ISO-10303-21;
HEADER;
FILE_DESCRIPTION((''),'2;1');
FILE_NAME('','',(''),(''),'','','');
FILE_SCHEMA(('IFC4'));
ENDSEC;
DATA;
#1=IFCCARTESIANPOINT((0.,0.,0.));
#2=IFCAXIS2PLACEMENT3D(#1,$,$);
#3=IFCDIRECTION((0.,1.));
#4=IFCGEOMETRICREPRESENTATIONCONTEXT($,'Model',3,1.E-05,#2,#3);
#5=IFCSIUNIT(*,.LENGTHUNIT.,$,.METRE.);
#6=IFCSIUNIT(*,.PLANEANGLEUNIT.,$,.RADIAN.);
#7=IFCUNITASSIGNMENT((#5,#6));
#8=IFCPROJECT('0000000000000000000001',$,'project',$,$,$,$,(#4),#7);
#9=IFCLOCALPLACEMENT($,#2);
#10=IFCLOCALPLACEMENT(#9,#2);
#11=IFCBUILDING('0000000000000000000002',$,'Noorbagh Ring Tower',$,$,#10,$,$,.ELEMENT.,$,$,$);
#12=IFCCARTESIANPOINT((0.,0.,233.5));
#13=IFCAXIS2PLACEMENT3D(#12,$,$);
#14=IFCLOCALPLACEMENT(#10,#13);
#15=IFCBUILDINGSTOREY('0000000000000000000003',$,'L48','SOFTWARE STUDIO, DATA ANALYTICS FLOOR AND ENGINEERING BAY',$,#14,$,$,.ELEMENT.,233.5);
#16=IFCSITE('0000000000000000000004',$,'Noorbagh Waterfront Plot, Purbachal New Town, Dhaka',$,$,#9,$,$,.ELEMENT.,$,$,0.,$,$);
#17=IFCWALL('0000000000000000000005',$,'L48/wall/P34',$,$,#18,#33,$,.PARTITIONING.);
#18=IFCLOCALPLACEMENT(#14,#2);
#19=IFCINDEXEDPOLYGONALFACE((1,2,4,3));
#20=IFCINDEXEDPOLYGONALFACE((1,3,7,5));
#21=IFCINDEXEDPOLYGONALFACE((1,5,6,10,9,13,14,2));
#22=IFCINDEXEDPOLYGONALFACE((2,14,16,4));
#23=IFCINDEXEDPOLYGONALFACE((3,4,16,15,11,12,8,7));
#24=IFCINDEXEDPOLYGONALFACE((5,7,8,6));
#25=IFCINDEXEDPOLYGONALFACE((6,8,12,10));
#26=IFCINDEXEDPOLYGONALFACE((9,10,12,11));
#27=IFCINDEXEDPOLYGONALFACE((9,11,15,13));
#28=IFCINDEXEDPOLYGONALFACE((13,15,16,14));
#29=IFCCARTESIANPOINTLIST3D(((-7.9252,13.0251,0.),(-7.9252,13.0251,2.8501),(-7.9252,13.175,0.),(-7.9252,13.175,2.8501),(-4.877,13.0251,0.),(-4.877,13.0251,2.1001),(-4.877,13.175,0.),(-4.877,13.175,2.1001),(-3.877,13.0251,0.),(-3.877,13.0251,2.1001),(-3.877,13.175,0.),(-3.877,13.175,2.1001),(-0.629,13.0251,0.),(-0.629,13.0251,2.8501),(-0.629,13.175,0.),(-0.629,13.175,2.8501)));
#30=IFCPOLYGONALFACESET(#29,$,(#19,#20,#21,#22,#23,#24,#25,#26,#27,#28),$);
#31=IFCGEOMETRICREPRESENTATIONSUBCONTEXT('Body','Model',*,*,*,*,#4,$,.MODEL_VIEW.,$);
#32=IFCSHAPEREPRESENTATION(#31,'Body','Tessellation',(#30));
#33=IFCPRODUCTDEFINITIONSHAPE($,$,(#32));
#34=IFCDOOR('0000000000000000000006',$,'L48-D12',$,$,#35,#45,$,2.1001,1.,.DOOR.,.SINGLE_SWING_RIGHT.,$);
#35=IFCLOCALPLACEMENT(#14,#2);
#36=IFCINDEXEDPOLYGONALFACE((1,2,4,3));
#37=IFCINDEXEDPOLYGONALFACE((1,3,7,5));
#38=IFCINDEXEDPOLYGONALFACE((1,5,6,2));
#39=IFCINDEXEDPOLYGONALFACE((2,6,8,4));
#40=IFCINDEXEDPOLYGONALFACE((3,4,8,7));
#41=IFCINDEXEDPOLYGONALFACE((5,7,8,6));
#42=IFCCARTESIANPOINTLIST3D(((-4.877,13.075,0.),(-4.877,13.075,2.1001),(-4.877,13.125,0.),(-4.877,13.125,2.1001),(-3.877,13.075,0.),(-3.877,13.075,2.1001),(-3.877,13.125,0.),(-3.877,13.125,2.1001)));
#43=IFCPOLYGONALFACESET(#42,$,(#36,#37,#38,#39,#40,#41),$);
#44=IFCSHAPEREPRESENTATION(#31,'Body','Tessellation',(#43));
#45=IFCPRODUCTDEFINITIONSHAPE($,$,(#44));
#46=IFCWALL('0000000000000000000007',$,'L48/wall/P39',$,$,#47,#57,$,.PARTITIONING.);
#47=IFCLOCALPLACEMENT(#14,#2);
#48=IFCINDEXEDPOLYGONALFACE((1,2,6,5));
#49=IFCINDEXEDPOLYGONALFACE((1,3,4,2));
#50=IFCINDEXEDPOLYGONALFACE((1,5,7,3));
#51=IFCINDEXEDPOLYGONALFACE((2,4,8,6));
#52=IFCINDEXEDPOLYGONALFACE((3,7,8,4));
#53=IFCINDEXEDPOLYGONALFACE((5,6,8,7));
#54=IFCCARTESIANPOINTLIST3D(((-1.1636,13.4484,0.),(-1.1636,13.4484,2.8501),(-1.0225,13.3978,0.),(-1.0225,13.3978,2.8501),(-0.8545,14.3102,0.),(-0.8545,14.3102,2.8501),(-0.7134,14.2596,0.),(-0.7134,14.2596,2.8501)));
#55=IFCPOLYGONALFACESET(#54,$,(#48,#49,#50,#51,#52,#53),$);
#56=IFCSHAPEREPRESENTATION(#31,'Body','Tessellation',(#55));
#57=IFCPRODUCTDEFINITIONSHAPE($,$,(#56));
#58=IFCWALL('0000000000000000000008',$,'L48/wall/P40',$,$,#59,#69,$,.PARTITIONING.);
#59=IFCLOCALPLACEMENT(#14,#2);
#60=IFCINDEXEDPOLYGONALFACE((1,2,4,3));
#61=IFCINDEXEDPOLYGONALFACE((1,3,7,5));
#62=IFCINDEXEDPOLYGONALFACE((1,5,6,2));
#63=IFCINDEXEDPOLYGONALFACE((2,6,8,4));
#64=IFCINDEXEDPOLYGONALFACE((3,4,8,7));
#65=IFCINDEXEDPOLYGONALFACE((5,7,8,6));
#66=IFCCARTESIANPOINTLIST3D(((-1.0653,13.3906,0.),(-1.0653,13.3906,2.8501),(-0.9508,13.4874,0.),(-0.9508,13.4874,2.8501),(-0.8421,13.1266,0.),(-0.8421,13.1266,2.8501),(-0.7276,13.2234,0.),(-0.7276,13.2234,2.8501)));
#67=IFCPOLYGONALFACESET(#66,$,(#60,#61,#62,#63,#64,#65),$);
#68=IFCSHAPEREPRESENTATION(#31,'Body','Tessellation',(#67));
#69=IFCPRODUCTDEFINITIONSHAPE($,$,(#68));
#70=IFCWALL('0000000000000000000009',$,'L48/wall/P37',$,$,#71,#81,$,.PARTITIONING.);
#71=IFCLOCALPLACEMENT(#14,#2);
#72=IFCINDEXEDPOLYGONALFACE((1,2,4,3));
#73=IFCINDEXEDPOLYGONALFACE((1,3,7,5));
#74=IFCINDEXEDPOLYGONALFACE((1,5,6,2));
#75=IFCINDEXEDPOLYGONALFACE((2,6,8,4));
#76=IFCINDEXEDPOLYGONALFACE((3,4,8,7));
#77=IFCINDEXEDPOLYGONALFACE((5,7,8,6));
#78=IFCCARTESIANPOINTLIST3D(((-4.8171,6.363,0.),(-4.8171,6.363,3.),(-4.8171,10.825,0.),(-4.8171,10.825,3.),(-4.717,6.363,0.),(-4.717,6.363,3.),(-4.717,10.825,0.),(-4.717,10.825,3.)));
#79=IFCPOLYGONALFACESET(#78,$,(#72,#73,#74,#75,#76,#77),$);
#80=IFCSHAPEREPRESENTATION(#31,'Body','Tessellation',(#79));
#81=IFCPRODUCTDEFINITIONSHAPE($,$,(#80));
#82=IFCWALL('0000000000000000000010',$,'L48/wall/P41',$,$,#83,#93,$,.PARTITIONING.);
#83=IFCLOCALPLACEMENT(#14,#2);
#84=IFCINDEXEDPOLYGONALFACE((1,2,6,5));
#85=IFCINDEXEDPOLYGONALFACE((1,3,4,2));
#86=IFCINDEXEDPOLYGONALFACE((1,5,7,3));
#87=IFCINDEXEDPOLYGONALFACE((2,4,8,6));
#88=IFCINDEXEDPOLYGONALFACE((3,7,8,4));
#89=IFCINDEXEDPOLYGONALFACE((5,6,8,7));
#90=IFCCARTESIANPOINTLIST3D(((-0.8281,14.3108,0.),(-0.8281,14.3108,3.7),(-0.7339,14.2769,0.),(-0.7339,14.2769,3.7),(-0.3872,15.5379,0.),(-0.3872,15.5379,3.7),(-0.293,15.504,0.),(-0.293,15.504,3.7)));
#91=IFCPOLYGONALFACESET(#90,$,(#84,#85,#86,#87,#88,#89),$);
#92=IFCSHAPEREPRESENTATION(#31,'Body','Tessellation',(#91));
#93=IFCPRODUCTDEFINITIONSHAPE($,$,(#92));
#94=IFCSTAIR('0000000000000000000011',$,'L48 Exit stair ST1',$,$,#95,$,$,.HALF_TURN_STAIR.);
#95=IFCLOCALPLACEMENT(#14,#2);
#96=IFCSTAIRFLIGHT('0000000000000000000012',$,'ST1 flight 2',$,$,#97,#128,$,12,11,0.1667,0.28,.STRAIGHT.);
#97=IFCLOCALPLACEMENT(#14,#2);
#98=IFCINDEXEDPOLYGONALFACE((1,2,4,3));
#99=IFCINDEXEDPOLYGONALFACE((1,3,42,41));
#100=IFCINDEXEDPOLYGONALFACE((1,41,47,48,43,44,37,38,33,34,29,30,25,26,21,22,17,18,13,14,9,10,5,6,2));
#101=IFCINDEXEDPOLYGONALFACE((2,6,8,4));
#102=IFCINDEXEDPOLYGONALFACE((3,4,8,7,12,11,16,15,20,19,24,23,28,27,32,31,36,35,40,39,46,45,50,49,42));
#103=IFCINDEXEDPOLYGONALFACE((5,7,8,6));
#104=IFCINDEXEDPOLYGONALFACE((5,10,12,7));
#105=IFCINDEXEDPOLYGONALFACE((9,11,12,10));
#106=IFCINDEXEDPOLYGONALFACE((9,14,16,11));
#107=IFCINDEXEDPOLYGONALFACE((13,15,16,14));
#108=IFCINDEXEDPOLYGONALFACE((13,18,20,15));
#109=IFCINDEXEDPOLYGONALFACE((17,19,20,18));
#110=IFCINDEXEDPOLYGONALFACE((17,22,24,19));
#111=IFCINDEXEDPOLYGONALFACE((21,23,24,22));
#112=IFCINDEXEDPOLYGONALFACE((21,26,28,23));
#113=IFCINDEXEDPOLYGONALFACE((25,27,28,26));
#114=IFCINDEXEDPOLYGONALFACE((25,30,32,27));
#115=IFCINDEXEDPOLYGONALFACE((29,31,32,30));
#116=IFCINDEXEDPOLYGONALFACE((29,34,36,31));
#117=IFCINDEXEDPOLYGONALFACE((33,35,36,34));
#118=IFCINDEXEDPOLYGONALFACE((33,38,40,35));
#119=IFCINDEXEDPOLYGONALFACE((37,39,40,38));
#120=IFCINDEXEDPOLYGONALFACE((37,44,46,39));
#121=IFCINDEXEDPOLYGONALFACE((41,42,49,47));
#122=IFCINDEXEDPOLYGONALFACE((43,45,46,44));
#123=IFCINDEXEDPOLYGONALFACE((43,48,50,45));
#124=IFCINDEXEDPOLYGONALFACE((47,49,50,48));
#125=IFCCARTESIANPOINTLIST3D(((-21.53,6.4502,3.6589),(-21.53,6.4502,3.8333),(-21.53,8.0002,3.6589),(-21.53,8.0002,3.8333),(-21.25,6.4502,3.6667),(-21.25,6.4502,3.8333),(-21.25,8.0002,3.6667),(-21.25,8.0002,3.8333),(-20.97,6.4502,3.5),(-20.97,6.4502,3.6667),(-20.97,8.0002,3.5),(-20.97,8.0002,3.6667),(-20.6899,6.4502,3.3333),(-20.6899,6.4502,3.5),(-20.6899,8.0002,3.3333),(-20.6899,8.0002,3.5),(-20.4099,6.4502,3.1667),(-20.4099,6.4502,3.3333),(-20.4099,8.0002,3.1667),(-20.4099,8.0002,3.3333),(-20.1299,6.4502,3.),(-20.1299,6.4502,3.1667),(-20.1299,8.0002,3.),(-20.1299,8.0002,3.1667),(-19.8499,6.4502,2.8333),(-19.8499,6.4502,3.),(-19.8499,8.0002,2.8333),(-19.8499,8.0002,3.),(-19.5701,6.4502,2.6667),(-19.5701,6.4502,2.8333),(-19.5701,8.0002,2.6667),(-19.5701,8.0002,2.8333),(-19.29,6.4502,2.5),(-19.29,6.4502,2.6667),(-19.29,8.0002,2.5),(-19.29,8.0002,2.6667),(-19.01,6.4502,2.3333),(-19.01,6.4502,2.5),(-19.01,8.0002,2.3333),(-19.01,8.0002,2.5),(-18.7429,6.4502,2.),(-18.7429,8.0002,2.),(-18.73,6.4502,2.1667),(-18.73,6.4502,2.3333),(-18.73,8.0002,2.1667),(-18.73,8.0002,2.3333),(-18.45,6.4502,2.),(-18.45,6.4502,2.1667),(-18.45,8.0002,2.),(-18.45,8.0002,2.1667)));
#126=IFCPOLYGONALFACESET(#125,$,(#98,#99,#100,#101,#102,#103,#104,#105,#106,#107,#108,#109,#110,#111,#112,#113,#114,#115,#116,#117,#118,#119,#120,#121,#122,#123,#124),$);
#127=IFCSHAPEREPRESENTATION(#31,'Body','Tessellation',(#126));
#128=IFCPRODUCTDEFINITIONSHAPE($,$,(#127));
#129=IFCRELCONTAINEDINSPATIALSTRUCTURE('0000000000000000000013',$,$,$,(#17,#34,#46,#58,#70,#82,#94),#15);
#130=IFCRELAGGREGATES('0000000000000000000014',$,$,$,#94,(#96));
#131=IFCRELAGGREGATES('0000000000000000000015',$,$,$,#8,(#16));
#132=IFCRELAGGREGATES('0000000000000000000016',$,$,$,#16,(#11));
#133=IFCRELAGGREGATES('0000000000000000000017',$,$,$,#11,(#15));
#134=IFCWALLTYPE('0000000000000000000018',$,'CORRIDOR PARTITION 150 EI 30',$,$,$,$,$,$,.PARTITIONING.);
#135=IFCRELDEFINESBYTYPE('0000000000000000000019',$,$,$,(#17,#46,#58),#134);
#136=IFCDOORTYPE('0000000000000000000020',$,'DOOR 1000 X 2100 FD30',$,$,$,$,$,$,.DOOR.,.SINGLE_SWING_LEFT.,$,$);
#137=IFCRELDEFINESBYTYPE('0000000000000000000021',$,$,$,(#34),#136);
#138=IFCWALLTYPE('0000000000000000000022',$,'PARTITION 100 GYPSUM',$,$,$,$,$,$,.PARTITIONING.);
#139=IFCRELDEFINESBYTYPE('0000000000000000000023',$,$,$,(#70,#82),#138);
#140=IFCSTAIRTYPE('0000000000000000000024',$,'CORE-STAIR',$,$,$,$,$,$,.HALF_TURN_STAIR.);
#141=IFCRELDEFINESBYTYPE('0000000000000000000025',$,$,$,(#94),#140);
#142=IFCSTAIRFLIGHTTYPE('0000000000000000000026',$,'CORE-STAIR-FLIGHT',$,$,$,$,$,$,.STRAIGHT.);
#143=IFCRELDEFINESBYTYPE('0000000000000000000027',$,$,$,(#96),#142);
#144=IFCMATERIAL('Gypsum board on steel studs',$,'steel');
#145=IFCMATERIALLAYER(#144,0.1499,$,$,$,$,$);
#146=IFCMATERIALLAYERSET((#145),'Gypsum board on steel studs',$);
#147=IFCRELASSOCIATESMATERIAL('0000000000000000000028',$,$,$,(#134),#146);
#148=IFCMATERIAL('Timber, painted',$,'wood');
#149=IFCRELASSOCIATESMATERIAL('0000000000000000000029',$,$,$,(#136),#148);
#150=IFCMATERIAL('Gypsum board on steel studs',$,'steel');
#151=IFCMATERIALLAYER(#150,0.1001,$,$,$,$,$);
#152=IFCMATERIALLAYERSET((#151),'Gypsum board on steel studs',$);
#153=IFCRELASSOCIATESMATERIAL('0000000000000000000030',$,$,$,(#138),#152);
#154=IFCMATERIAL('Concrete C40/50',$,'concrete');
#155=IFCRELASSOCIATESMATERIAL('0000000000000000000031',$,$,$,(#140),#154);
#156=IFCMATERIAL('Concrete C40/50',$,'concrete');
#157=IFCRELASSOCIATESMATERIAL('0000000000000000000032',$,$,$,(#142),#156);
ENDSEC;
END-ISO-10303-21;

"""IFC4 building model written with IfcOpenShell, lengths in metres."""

from ifc_helpers import new_model, si_unit, direction, frame, frame_2d, origin, place, context, subcontext, project, spatial, polyline, rectangle, outline, extrude, material, layer, layer_set, type_object, element, fill, aggregate, save


model = new_model("IFC4")

# Units and contexts
model_context = context("Model", 3, precision=1e-05, world=origin(), true_north=direction((0.0, 1.0)))
body_context = subcontext(model_context, "Body", "Model", "MODEL_VIEW")
ifc_project = project(units=[si_unit("LENGTHUNIT", "METRE"), si_unit("PLANEANGLEUNIT", "RADIAN")], contexts=[model_context])

# Site, building, storey
site_placement = place(None, origin())
site = spatial("IfcSite", under=ifc_project, at=site_placement, Name="Noorbagh Waterfront Plot, Purbachal New Town, Dhaka", CompositionType="ELEMENT", RefElevation=0.0)
building_placement = place(site_placement, origin())
building = spatial("IfcBuilding", under=site, at=building_placement, Name="Noorbagh Ring Tower", CompositionType="ELEMENT")
storey_placement = place(building_placement, frame((0.0, 0.0, 233.5)))
storey = spatial("IfcBuildingStorey", under=building, at=storey_placement, Name="L48", Description="SOFTWARE STUDIO, DATA ANALYTICS FLOOR AND ENGINEERING BAY", CompositionType="ELEMENT", Elevation=233.5)

# Shared definitions
ifc_material_1 = material(Name="Gypsum board on steel studs", Category="steel")
ifc_layer_1 = layer(ifc_material_1, 0.1499)
ifc_layer_set_1 = layer_set([ifc_layer_1], Name="Gypsum board on steel studs")
wall_type_1 = type_object("IfcWallType", Name="CORRIDOR PARTITION 150 EI 30", PredefinedType="PARTITIONING", material=ifc_layer_set_1)
ifc_material_2 = material(Name="Timber, painted", Category="wood")
door_type_1 = type_object("IfcDoorType", Name="DOOR 1000 X 2100 FD30", OperationType="SINGLE_SWING_LEFT", PredefinedType="DOOR", material=ifc_material_2)

# Wall, opening, door
wall_1_placement = place(storey_placement, frame((-7.925, 13.1001, 0.0), z_axis=(0.0, 0.0, 1.0), x_axis=(1.0, 0.0, 0.0)))
wall_1 = element("IfcWall", 1, at=wall_1_placement, inside=storey, type_object=wall_type_1, Name="L48/wall/P34", PredefinedType="PARTITIONING", context=body_context, shape_type="SweptSolid", body=[
    extrude(rectangle(XDim=7.2961, YDim=0.1499, at=frame_2d((3.6479, 0.0))), origin(), (0.0, 0.0, 1.0), 2.8501),
])
opening_1_placement = place(wall_1_placement, frame((3.0481, 0.0, 0.0)))
opening_1 = element("IfcOpeningElement", 2, at=opening_1_placement, cuts=wall_1, PredefinedType="OPENING", context=body_context, shape_type="SweptSolid", body=[
    extrude(rectangle(XDim=1.0, YDim=2.1001, at=frame_2d((0.5, 1.05))), frame((0.0, 0.085, 0.0), z_axis=(0.0, -1.0, 0.0), x_axis=(1.0, 0.0, 0.0)), (0.0, 0.0, 1.0), 0.1699),
])
door_1_placement = place(opening_1_placement, origin())
door_1 = element("IfcDoor", 3, at=door_1_placement, inside=storey, type_object=door_type_1, Name="L48-D12", OperationType="SINGLE_SWING_RIGHT", OverallHeight=2.1001, OverallWidth=1.0, PredefinedType="DOOR", context=body_context, shape_type="SweptSolid", body=[
    extrude(rectangle(XDim=1.0, YDim=2.1001, at=frame_2d((0.5, 1.05))), frame((0.0, 0.0249, 0.0), z_axis=(0.0, -1.0, 0.0), x_axis=(1.0, 0.0, 0.0)), (0.0, 0.0, 1.0), 0.05),
])
fill(opening_1, door_1)

# Walls
wall_2_placement = place(storey_placement, frame((-1.093, 13.4231, 0.0), z_axis=(0.0, 0.0, 1.0), x_axis=(0.337586, 0.941295, 0.0)))
element("IfcWall", 4, at=wall_2_placement, inside=storey, type_object=wall_type_1, Name="L48/wall/P39", PredefinedType="PARTITIONING", context=body_context, shape_type="SweptSolid", body=[
    extrude(rectangle(XDim=0.9155, YDim=0.1499, at=frame_2d((0.4578, 0.0))), origin(), (0.0, 0.0, 1.0), 2.8501),
])
wall_3_placement = place(storey_placement, frame((-1.0081, 13.439, 0.0), z_axis=(0.0, 0.0, 1.0), x_axis=(0.645657, -0.763627, 0.0)))
element("IfcWall", 5, at=wall_3_placement, inside=storey, type_object=wall_type_1, Name="L48/wall/P40", PredefinedType="PARTITIONING", context=body_context, shape_type="SweptSolid", body=[
    extrude(rectangle(XDim=0.3457, YDim=0.1499, at=frame_2d((0.1729, 0.0))), origin(), (0.0, 0.0, 1.0), 2.8501),
])
ifc_material_3 = material(Name="Gypsum board on steel studs", Category="steel")
ifc_layer_2 = layer(ifc_material_3, 0.1001)
ifc_layer_set_2 = layer_set([ifc_layer_2], Name="Gypsum board on steel studs")
wall_type_2 = type_object("IfcWallType", Name="PARTITION 100 GYPSUM", PredefinedType="PARTITIONING", material=ifc_layer_set_2)
wall_4_placement = place(storey_placement, frame((-4.7671, 6.363, 0.0), z_axis=(0.0, 0.0, 1.0), x_axis=(0.0, 1.0, 0.0)))
element("IfcWall", 6, at=wall_4_placement, inside=storey, type_object=wall_type_2, Name="L48/wall/P37", PredefinedType="PARTITIONING", context=body_context, shape_type="SweptSolid", body=[
    extrude(rectangle(XDim=4.4619, YDim=0.1001, at=frame_2d((2.231, 0.0))), origin(), (0.0, 0.0, 1.0), 3.0),
])
wall_5_placement = place(storey_placement, frame((-0.781, 14.2939, 0.0), z_axis=(0.0, 0.0, 1.0), x_axis=(0.338162, 0.941088, 0.0)))
element("IfcWall", 7, at=wall_5_placement, inside=storey, type_object=wall_type_2, Name="L48/wall/P41", PredefinedType="PARTITIONING", context=body_context, shape_type="SweptSolid", body=[
    extrude(rectangle(XDim=1.304, YDim=0.1001, at=frame_2d((0.6519, 0.0))), origin(), (0.0, 0.0, 1.0), 3.7),
])

# Stair, stair flight
ifc_material_4 = material(Name="Concrete C40/50", Category="concrete")
stair_type = type_object("IfcStairType", Name="CORE-STAIR", PredefinedType="HALF_TURN_STAIR", material=ifc_material_4)
stair_placement = place(storey_placement, origin())
stair = element("IfcStair", 8, at=stair_placement, inside=storey, type_object=stair_type, Name="L48 Exit stair ST1", PredefinedType="HALF_TURN_STAIR")
ifc_material_5 = material(Name="Concrete C40/50", Category="concrete")
stair_flight_type = type_object("IfcStairFlightType", Name="CORE-STAIR-FLIGHT", PredefinedType="STRAIGHT", material=ifc_material_5)
stair_flight_placement = place(storey_placement, frame((-18.45, 7.2251, 2.0), z_axis=(0.0, 0.0, 1.0), x_axis=(-1.0, 0.0, 0.0)))
stair_flight = element("IfcStairFlight", 9, at=stair_flight_placement, type_object=stair_flight_type, Name="ST1 flight 2", NumberOfRisers=12, NumberOfTreads=11, PredefinedType="STRAIGHT", RiserHeight=0.1667, TreadLength=0.28, context=body_context, shape_type="SweptSolid", body=[
    extrude(outline(polyline([(0.0, 0.0), (0.0, 0.1667), (0.28, 0.1667), (0.28, 0.3333), (0.5601, 0.3333), (0.5601, 0.5), (0.8401, 0.5), (0.8401, 0.6667), (1.1201, 0.6667), (1.1201, 0.8333), (1.3999, 0.8333), (1.3999, 1.0), (1.6799, 1.0), (1.6799, 1.1667), (1.96, 1.1667), (1.96, 1.3333), (2.24, 1.3333), (2.24, 1.5), (2.52, 1.5), (2.52, 1.6667), (2.8, 1.6667), (2.8, 1.8333), (3.0801, 1.8333), (3.0801, 2.0), (3.0801, 1.6589), (0.293, 0.0), (0.0, 0.0)])), frame((0.0, 0.7749, 0.0), z_axis=(0.0, -1.0, 0.0), x_axis=(1.0, 0.0, 0.0)), (0.0, 0.0, 1.0), 1.55),
])
aggregate(stair, [stair_flight])

save(model, "model.ifc")
